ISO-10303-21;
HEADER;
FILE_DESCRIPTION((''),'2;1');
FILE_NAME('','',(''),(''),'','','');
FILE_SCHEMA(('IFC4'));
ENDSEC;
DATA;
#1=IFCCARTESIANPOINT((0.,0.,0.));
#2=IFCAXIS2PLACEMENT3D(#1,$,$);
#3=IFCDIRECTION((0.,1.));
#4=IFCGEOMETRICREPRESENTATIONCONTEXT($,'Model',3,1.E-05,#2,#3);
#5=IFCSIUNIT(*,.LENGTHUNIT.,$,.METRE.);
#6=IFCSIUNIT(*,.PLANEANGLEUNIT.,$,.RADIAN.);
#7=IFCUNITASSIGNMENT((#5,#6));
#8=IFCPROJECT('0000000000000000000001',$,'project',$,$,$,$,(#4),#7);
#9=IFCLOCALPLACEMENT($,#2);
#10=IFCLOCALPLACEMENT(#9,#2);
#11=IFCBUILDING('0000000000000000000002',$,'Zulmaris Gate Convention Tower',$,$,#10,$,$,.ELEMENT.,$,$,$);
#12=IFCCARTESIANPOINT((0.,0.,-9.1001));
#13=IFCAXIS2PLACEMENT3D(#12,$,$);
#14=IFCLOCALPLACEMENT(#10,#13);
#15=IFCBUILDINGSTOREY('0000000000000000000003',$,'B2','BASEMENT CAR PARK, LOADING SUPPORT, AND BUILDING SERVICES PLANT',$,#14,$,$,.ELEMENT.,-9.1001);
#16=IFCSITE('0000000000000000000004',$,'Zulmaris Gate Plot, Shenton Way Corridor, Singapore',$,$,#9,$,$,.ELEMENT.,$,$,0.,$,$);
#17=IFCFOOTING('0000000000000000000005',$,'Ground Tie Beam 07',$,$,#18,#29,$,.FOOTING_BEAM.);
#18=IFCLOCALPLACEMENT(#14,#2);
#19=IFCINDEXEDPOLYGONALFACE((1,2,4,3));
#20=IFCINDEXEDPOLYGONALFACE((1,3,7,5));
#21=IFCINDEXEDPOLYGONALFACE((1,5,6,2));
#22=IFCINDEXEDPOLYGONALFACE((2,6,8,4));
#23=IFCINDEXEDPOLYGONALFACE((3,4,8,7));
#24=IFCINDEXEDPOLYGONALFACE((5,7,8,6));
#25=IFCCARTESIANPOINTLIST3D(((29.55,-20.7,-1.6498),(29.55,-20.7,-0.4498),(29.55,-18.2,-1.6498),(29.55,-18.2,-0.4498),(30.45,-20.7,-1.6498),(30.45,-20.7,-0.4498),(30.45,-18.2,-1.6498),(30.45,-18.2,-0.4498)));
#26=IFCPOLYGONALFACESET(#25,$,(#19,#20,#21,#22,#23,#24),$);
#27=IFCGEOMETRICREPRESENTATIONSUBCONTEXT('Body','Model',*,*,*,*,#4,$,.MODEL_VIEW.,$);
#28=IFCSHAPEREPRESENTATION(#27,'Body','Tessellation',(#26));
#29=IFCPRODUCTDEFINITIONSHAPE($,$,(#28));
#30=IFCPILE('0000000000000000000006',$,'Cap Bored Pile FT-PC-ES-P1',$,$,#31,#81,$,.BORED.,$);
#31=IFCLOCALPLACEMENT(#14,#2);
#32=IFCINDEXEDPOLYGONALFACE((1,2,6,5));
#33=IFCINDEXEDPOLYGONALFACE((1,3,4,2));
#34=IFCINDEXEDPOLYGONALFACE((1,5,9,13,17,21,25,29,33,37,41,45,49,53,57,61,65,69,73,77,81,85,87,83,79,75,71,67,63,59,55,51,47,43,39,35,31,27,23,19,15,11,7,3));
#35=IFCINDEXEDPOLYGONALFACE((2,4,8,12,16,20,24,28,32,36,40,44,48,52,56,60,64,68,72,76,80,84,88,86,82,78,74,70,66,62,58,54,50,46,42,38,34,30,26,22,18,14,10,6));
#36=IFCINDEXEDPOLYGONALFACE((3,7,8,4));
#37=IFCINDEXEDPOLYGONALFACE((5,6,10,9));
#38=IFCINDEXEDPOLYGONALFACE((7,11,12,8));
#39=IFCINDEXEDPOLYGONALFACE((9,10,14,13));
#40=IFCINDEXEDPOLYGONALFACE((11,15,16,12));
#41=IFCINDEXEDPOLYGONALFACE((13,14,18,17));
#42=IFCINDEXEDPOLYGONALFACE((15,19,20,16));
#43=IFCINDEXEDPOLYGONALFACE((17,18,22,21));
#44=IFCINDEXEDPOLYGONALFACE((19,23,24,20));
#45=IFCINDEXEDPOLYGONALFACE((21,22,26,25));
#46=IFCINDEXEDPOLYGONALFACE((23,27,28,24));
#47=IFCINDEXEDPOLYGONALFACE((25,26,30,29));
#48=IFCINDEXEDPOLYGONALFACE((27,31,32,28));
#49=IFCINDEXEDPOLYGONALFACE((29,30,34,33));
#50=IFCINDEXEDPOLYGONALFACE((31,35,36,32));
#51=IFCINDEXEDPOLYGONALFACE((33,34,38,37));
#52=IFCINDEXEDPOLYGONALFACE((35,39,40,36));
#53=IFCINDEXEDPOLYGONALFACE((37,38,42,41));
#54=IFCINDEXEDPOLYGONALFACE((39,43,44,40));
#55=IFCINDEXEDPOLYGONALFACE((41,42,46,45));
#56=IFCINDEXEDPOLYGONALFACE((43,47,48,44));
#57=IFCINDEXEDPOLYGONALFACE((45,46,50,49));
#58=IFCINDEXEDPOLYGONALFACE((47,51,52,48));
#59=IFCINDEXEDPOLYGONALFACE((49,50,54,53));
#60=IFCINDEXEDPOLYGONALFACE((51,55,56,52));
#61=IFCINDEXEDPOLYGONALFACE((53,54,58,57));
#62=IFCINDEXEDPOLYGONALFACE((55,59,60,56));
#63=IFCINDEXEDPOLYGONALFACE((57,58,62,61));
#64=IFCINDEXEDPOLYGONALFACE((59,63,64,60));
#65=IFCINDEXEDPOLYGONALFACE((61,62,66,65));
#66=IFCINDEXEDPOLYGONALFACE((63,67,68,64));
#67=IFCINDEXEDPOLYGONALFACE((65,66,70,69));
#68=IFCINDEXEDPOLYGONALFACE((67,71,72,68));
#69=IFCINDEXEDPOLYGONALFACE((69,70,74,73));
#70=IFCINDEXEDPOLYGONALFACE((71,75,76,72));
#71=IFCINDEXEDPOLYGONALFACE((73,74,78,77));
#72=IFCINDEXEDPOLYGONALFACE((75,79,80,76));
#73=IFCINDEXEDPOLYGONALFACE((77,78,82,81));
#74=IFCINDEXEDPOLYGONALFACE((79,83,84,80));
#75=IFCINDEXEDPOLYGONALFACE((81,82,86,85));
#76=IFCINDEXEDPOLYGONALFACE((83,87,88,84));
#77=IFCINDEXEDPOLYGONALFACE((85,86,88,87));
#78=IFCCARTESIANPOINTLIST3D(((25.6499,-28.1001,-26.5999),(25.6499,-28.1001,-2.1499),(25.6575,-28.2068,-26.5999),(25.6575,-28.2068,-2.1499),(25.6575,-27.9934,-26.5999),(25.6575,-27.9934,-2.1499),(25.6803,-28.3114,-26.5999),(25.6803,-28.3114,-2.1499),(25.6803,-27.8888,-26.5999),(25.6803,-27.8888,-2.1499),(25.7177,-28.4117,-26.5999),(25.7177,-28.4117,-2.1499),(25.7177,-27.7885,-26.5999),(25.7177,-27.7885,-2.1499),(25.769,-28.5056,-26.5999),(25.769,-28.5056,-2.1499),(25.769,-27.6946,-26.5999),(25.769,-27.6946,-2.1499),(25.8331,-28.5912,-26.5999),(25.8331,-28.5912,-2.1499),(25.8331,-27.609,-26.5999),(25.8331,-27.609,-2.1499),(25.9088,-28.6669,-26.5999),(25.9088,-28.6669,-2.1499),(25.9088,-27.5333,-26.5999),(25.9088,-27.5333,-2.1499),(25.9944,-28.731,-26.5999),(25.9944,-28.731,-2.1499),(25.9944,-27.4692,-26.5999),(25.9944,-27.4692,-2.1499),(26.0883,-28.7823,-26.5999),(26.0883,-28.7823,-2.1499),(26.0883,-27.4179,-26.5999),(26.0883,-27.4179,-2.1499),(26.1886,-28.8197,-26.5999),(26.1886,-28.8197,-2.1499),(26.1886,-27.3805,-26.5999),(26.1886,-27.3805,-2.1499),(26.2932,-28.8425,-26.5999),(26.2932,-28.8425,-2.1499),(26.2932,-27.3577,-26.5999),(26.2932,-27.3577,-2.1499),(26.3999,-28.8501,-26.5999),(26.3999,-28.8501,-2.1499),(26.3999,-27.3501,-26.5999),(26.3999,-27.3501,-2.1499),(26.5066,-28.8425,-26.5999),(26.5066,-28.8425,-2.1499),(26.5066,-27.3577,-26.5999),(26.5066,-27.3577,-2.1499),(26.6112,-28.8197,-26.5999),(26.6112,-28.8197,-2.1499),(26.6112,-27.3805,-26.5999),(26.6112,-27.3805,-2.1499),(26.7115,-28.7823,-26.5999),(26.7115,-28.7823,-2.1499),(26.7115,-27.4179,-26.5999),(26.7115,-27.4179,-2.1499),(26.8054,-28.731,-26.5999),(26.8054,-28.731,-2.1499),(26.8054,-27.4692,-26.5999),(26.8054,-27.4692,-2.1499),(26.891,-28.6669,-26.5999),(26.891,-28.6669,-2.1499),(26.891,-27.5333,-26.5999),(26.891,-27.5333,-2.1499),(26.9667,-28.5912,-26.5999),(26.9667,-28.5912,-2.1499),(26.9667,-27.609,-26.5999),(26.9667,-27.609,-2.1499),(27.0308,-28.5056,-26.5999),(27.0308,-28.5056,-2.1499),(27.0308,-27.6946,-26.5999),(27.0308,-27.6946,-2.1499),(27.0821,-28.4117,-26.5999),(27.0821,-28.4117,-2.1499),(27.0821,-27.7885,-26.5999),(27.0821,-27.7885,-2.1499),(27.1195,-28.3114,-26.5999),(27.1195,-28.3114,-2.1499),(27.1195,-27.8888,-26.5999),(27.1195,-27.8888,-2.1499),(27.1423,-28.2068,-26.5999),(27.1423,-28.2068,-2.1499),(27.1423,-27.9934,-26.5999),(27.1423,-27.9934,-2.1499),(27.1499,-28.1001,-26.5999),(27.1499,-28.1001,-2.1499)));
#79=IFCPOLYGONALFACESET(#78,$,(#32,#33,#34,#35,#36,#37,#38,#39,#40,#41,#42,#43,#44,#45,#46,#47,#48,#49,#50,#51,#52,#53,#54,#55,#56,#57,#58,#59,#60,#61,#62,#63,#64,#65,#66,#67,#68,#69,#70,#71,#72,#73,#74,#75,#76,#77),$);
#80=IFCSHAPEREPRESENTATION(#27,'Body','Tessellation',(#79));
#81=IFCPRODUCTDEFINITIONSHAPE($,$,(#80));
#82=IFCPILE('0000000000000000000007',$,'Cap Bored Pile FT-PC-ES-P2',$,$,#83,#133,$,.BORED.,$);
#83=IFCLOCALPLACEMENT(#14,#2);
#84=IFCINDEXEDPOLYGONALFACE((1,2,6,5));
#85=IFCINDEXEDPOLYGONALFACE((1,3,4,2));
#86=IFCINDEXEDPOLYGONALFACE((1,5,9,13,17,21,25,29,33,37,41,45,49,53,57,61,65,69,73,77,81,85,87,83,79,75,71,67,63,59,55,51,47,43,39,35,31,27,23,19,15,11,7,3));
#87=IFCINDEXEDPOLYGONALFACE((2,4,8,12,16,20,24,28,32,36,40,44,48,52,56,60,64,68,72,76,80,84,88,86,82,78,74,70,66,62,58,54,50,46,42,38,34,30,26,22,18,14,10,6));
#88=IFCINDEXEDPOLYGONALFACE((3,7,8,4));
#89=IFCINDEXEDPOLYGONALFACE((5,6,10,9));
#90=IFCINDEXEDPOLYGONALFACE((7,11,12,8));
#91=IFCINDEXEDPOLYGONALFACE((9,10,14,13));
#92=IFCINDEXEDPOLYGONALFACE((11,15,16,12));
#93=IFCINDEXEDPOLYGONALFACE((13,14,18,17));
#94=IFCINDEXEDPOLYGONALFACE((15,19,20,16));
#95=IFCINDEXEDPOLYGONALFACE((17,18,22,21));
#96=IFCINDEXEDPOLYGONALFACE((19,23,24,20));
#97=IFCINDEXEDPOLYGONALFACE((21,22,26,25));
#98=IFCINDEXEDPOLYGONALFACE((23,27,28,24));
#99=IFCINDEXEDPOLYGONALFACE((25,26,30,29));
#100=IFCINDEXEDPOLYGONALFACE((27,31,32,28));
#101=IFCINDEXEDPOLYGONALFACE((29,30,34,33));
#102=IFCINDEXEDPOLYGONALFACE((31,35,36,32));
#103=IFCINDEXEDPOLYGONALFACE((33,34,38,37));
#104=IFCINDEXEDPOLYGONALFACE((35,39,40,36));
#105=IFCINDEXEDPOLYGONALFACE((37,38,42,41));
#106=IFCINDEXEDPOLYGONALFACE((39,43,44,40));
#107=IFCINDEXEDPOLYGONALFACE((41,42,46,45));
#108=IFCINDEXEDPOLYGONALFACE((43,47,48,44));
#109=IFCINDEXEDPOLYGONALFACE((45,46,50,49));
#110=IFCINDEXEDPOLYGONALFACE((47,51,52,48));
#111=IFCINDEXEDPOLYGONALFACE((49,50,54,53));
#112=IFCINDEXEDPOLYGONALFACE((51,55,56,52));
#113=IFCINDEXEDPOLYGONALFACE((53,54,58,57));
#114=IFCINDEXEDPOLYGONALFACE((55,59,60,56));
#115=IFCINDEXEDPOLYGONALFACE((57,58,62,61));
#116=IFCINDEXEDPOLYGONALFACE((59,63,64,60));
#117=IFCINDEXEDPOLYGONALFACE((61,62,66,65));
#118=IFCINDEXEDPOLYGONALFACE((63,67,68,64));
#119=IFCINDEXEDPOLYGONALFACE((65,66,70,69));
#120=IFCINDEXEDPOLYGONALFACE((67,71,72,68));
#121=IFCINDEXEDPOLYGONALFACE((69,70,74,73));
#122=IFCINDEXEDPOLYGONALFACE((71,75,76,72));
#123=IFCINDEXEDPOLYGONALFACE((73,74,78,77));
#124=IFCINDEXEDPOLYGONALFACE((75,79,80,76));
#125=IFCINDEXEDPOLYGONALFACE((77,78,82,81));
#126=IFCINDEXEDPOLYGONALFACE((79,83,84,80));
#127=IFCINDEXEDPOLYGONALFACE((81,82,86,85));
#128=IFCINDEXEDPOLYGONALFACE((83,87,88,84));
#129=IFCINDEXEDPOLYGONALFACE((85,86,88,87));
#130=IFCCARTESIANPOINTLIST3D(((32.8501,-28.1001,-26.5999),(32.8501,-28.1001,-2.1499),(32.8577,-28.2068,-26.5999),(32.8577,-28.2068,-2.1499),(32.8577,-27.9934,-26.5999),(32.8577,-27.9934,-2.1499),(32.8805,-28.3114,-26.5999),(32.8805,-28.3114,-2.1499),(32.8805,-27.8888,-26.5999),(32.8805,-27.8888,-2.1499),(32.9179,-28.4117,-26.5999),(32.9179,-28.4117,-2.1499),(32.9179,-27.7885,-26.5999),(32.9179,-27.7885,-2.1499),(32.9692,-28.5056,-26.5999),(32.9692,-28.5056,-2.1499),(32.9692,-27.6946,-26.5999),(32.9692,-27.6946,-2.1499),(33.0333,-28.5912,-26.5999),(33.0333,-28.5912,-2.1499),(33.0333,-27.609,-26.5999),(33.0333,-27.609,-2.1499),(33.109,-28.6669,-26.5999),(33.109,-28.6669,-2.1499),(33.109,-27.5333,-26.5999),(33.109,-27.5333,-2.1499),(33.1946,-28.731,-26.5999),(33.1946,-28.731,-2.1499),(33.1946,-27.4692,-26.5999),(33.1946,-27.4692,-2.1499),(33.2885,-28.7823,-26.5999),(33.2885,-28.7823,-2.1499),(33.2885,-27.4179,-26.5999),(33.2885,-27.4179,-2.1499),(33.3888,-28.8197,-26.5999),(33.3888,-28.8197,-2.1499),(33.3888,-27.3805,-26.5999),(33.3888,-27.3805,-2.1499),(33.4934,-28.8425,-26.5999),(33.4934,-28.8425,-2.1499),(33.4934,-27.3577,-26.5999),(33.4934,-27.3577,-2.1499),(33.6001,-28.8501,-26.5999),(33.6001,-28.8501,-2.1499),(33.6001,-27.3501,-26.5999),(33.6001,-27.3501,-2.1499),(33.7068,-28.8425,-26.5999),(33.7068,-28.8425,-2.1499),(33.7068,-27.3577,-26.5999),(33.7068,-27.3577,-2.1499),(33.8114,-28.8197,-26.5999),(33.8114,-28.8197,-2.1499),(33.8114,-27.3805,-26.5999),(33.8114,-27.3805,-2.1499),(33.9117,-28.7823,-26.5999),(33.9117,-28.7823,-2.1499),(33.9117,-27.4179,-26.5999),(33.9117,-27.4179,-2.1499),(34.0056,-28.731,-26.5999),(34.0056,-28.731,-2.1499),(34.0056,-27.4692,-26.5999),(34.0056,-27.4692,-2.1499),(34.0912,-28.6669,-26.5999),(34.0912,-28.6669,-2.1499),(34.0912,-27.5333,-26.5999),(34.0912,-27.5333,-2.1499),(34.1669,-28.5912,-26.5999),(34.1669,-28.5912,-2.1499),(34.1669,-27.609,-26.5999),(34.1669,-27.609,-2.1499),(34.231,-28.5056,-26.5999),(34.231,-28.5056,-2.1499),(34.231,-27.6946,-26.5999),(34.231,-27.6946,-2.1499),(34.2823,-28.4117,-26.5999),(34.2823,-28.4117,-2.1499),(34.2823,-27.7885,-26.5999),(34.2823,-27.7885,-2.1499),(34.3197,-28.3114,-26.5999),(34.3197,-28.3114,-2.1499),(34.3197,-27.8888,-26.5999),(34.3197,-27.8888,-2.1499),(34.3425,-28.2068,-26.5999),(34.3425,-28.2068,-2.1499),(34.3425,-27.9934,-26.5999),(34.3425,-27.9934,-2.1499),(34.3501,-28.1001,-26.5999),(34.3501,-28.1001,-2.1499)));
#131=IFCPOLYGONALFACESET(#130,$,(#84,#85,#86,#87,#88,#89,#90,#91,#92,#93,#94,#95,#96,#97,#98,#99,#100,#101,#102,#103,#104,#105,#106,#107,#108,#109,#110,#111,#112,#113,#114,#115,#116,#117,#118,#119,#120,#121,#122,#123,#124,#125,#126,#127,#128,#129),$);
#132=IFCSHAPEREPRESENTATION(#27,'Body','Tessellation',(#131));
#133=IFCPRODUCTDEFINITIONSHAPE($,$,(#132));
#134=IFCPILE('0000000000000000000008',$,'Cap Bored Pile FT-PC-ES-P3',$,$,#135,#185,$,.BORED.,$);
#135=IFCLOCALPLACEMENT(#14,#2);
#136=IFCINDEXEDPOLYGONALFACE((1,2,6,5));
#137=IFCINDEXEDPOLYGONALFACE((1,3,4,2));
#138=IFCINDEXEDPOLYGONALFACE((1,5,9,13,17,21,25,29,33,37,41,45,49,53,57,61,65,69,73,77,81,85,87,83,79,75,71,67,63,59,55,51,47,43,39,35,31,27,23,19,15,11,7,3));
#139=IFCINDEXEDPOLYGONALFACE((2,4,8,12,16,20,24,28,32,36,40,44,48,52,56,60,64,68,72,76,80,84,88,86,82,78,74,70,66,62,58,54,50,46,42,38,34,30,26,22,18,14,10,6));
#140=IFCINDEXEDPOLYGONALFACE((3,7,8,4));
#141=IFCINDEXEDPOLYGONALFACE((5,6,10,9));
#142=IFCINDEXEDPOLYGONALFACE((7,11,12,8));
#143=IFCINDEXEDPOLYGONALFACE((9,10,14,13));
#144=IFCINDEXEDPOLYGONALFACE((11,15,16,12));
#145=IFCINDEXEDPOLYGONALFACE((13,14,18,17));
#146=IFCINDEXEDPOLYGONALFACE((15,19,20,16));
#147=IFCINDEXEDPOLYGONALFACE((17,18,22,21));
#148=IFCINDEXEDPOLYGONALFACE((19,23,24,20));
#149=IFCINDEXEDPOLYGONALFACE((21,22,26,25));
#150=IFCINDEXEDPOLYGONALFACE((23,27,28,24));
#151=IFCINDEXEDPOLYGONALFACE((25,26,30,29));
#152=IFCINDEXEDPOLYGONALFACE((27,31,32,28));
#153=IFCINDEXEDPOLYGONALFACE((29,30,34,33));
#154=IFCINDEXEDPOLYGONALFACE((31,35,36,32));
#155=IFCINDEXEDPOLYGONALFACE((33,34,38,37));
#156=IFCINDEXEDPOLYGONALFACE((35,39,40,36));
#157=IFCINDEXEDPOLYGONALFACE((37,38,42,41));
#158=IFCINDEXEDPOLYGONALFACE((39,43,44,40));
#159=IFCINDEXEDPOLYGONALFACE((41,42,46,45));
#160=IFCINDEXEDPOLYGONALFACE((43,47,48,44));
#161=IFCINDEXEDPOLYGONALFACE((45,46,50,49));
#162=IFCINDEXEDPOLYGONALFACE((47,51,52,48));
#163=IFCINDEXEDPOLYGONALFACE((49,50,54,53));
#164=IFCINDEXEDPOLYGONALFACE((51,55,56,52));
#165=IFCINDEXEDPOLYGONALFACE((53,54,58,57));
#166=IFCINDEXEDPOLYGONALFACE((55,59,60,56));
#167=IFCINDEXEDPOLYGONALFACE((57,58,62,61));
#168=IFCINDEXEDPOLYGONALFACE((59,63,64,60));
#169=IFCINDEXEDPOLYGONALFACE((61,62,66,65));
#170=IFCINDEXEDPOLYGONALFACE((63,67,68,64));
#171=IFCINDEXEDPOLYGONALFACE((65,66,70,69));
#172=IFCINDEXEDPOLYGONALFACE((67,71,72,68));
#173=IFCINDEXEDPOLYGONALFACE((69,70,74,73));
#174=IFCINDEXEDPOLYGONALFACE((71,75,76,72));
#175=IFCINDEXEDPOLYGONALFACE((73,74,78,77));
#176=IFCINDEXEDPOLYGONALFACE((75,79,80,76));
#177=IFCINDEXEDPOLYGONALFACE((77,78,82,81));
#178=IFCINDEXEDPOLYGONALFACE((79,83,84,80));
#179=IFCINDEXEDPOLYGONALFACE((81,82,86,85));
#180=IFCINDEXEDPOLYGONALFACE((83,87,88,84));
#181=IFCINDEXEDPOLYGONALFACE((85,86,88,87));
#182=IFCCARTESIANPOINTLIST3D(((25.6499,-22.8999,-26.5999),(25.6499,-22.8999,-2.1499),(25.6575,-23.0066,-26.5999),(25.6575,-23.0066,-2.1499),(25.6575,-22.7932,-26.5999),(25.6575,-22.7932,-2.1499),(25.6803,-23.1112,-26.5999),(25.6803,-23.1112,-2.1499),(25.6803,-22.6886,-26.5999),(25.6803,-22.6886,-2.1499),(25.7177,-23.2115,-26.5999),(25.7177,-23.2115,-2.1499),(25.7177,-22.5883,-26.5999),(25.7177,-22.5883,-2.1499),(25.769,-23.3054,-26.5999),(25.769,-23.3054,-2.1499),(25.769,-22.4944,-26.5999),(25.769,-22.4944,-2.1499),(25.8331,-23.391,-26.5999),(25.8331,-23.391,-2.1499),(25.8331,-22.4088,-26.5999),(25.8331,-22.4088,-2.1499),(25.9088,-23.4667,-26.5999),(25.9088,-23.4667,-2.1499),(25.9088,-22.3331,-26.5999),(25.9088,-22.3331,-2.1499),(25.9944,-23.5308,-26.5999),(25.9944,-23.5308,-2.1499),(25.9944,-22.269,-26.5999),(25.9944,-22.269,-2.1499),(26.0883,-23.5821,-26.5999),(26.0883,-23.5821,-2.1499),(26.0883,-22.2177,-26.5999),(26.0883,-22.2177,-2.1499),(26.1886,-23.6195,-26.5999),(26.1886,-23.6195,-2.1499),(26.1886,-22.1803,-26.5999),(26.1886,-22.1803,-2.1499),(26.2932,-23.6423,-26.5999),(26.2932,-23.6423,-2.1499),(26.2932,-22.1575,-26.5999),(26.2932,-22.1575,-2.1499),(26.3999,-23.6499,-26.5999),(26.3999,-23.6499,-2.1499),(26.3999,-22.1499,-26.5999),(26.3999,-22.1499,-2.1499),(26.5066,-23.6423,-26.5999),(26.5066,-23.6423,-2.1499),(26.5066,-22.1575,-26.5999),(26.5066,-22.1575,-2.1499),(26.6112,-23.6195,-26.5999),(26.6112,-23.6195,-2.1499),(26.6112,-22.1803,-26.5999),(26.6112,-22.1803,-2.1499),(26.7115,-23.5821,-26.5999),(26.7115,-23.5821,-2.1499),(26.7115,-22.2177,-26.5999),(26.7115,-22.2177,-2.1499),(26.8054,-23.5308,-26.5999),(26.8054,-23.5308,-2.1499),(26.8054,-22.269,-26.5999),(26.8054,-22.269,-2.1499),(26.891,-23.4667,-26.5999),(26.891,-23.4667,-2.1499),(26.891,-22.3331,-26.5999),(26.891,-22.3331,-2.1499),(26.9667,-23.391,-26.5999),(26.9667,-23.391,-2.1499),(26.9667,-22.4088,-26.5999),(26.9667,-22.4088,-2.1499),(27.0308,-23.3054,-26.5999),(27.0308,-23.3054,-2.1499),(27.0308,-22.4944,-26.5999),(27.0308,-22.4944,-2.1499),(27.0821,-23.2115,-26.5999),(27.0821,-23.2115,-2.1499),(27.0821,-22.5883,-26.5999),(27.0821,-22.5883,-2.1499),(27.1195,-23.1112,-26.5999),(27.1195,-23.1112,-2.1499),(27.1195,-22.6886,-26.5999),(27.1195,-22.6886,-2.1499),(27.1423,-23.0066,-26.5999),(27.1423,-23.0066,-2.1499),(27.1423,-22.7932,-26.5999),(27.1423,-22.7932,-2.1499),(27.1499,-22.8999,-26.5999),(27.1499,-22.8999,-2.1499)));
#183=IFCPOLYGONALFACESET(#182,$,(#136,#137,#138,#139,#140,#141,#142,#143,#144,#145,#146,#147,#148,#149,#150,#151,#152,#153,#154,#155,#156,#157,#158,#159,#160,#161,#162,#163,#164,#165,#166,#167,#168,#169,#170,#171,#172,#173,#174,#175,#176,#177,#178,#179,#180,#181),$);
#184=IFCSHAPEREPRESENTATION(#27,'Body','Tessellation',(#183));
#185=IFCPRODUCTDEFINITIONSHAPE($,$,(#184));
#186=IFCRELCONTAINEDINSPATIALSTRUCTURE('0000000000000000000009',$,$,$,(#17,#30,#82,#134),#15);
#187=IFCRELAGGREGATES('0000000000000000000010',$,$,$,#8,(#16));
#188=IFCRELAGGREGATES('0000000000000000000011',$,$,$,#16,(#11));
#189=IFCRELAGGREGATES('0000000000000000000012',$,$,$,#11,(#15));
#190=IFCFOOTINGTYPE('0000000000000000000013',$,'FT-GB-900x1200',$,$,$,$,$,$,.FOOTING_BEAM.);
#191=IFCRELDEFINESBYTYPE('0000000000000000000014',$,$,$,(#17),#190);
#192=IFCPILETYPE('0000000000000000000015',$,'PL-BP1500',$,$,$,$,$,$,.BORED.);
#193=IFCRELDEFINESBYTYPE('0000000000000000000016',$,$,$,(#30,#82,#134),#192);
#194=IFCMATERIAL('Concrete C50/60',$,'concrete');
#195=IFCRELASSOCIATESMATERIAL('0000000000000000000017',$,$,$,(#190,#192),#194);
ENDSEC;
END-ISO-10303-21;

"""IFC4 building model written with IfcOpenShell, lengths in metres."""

from ifc_helpers import new_model, si_unit, direction, frame, origin, origin_2d, place, context, subcontext, project, spatial, rectangle, circle, extrude, material, material_profile, profile_set, type_object, element, save


model = new_model("IFC4")

# Units and contexts
model_context = context("Model", 3, precision=1e-05, world=origin(), true_north=direction((0.0, 1.0)))
body_context = subcontext(model_context, "Body", "Model", "MODEL_VIEW")
ifc_project = project(units=[si_unit("LENGTHUNIT", "METRE"), si_unit("PLANEANGLEUNIT", "RADIAN")], contexts=[model_context])

# Site, building, storey
site_placement = place(None, origin())
site = spatial("IfcSite", under=ifc_project, at=site_placement, Name="Zulmaris Gate Plot, Shenton Way Corridor, Singapore", CompositionType="ELEMENT", RefElevation=0.0)
building_placement = place(site_placement, origin())
building = spatial("IfcBuilding", under=site, at=building_placement, Name="Zulmaris Gate Convention Tower", CompositionType="ELEMENT")
storey_placement = place(building_placement, frame((0.0, 0.0, -9.1001)))
storey = spatial("IfcBuildingStorey", under=building, at=storey_placement, Name="B2", Description="BASEMENT CAR PARK, LOADING SUPPORT, AND BUILDING SERVICES PLANT", CompositionType="ELEMENT", Elevation=-9.1001)

# Footing
ifc_material_1 = material(Name="Concrete C50/60", Category="concrete")
ifc_material_profile_1 = material_profile(ifc_material_1, rectangle(XDim=0.8999, YDim=1.2, at=origin_2d()), Name="RC TIE 900x1200")
ifc_profile_set_1 = profile_set([ifc_material_profile_1], Name="Concrete C50/60")
footing_type = type_object("IfcFootingType", Name="FT-GB-900x1200", PredefinedType="FOOTING_BEAM", material=ifc_profile_set_1)
footing_placement = place(storey_placement, frame((30.0, -20.7, -1.0498), z_axis=(0.0, 1.0, 0.0), x_axis=(-1.0, 0.0, 0.0)))
element("IfcFooting", 1, at=footing_placement, inside=storey, type_object=footing_type, Name="Ground Tie Beam 07", PredefinedType="FOOTING_BEAM", context=body_context, shape_type="SweptSolid", body=[
    extrude(rectangle(XDim=0.8999, YDim=1.2, at=origin_2d()), origin(), (0.0, 0.0, 1.0), 2.5),
])

# Piles
ifc_material_profile_2 = material_profile(ifc_material_1, circle(Radius=0.75, at=origin_2d()), Name="BORED PILE 1500")
ifc_profile_set_2 = profile_set([ifc_material_profile_2], Name="Concrete C50/60")
pile_type = type_object("IfcPileType", Name="PL-BP1500", PredefinedType="BORED", material=ifc_profile_set_2)
for number, where, z_axis, x_axis, name in (
    (2, (26.3999, -28.1001, -2.1499), (0.0, 0.0, -1.0), (1.0, 0.0, 0.0), "Cap Bored Pile FT-PC-ES-P1"),
    (3, (33.6001, -28.1001, -2.1499), (0.0, 0.0, -1.0), (1.0, 0.0, 0.0), "Cap Bored Pile FT-PC-ES-P2"),
    (4, (26.3999, -22.8999, -2.1499), (0.0, 0.0, -1.0), (1.0, 0.0, 0.0), "Cap Bored Pile FT-PC-ES-P3"),
):
    element("IfcPile", number, at=place(storey_placement, frame(where, z_axis=z_axis, x_axis=x_axis)), inside=storey, type_object=pile_type, Name=name, PredefinedType="BORED", context=body_context, shape_type="SweptSolid", body=[
        extrude(circle(Radius=0.75, at=origin_2d()), origin(), (0.0, 0.0, 1.0), 24.45),
    ])

save(model, "model.ifc")
